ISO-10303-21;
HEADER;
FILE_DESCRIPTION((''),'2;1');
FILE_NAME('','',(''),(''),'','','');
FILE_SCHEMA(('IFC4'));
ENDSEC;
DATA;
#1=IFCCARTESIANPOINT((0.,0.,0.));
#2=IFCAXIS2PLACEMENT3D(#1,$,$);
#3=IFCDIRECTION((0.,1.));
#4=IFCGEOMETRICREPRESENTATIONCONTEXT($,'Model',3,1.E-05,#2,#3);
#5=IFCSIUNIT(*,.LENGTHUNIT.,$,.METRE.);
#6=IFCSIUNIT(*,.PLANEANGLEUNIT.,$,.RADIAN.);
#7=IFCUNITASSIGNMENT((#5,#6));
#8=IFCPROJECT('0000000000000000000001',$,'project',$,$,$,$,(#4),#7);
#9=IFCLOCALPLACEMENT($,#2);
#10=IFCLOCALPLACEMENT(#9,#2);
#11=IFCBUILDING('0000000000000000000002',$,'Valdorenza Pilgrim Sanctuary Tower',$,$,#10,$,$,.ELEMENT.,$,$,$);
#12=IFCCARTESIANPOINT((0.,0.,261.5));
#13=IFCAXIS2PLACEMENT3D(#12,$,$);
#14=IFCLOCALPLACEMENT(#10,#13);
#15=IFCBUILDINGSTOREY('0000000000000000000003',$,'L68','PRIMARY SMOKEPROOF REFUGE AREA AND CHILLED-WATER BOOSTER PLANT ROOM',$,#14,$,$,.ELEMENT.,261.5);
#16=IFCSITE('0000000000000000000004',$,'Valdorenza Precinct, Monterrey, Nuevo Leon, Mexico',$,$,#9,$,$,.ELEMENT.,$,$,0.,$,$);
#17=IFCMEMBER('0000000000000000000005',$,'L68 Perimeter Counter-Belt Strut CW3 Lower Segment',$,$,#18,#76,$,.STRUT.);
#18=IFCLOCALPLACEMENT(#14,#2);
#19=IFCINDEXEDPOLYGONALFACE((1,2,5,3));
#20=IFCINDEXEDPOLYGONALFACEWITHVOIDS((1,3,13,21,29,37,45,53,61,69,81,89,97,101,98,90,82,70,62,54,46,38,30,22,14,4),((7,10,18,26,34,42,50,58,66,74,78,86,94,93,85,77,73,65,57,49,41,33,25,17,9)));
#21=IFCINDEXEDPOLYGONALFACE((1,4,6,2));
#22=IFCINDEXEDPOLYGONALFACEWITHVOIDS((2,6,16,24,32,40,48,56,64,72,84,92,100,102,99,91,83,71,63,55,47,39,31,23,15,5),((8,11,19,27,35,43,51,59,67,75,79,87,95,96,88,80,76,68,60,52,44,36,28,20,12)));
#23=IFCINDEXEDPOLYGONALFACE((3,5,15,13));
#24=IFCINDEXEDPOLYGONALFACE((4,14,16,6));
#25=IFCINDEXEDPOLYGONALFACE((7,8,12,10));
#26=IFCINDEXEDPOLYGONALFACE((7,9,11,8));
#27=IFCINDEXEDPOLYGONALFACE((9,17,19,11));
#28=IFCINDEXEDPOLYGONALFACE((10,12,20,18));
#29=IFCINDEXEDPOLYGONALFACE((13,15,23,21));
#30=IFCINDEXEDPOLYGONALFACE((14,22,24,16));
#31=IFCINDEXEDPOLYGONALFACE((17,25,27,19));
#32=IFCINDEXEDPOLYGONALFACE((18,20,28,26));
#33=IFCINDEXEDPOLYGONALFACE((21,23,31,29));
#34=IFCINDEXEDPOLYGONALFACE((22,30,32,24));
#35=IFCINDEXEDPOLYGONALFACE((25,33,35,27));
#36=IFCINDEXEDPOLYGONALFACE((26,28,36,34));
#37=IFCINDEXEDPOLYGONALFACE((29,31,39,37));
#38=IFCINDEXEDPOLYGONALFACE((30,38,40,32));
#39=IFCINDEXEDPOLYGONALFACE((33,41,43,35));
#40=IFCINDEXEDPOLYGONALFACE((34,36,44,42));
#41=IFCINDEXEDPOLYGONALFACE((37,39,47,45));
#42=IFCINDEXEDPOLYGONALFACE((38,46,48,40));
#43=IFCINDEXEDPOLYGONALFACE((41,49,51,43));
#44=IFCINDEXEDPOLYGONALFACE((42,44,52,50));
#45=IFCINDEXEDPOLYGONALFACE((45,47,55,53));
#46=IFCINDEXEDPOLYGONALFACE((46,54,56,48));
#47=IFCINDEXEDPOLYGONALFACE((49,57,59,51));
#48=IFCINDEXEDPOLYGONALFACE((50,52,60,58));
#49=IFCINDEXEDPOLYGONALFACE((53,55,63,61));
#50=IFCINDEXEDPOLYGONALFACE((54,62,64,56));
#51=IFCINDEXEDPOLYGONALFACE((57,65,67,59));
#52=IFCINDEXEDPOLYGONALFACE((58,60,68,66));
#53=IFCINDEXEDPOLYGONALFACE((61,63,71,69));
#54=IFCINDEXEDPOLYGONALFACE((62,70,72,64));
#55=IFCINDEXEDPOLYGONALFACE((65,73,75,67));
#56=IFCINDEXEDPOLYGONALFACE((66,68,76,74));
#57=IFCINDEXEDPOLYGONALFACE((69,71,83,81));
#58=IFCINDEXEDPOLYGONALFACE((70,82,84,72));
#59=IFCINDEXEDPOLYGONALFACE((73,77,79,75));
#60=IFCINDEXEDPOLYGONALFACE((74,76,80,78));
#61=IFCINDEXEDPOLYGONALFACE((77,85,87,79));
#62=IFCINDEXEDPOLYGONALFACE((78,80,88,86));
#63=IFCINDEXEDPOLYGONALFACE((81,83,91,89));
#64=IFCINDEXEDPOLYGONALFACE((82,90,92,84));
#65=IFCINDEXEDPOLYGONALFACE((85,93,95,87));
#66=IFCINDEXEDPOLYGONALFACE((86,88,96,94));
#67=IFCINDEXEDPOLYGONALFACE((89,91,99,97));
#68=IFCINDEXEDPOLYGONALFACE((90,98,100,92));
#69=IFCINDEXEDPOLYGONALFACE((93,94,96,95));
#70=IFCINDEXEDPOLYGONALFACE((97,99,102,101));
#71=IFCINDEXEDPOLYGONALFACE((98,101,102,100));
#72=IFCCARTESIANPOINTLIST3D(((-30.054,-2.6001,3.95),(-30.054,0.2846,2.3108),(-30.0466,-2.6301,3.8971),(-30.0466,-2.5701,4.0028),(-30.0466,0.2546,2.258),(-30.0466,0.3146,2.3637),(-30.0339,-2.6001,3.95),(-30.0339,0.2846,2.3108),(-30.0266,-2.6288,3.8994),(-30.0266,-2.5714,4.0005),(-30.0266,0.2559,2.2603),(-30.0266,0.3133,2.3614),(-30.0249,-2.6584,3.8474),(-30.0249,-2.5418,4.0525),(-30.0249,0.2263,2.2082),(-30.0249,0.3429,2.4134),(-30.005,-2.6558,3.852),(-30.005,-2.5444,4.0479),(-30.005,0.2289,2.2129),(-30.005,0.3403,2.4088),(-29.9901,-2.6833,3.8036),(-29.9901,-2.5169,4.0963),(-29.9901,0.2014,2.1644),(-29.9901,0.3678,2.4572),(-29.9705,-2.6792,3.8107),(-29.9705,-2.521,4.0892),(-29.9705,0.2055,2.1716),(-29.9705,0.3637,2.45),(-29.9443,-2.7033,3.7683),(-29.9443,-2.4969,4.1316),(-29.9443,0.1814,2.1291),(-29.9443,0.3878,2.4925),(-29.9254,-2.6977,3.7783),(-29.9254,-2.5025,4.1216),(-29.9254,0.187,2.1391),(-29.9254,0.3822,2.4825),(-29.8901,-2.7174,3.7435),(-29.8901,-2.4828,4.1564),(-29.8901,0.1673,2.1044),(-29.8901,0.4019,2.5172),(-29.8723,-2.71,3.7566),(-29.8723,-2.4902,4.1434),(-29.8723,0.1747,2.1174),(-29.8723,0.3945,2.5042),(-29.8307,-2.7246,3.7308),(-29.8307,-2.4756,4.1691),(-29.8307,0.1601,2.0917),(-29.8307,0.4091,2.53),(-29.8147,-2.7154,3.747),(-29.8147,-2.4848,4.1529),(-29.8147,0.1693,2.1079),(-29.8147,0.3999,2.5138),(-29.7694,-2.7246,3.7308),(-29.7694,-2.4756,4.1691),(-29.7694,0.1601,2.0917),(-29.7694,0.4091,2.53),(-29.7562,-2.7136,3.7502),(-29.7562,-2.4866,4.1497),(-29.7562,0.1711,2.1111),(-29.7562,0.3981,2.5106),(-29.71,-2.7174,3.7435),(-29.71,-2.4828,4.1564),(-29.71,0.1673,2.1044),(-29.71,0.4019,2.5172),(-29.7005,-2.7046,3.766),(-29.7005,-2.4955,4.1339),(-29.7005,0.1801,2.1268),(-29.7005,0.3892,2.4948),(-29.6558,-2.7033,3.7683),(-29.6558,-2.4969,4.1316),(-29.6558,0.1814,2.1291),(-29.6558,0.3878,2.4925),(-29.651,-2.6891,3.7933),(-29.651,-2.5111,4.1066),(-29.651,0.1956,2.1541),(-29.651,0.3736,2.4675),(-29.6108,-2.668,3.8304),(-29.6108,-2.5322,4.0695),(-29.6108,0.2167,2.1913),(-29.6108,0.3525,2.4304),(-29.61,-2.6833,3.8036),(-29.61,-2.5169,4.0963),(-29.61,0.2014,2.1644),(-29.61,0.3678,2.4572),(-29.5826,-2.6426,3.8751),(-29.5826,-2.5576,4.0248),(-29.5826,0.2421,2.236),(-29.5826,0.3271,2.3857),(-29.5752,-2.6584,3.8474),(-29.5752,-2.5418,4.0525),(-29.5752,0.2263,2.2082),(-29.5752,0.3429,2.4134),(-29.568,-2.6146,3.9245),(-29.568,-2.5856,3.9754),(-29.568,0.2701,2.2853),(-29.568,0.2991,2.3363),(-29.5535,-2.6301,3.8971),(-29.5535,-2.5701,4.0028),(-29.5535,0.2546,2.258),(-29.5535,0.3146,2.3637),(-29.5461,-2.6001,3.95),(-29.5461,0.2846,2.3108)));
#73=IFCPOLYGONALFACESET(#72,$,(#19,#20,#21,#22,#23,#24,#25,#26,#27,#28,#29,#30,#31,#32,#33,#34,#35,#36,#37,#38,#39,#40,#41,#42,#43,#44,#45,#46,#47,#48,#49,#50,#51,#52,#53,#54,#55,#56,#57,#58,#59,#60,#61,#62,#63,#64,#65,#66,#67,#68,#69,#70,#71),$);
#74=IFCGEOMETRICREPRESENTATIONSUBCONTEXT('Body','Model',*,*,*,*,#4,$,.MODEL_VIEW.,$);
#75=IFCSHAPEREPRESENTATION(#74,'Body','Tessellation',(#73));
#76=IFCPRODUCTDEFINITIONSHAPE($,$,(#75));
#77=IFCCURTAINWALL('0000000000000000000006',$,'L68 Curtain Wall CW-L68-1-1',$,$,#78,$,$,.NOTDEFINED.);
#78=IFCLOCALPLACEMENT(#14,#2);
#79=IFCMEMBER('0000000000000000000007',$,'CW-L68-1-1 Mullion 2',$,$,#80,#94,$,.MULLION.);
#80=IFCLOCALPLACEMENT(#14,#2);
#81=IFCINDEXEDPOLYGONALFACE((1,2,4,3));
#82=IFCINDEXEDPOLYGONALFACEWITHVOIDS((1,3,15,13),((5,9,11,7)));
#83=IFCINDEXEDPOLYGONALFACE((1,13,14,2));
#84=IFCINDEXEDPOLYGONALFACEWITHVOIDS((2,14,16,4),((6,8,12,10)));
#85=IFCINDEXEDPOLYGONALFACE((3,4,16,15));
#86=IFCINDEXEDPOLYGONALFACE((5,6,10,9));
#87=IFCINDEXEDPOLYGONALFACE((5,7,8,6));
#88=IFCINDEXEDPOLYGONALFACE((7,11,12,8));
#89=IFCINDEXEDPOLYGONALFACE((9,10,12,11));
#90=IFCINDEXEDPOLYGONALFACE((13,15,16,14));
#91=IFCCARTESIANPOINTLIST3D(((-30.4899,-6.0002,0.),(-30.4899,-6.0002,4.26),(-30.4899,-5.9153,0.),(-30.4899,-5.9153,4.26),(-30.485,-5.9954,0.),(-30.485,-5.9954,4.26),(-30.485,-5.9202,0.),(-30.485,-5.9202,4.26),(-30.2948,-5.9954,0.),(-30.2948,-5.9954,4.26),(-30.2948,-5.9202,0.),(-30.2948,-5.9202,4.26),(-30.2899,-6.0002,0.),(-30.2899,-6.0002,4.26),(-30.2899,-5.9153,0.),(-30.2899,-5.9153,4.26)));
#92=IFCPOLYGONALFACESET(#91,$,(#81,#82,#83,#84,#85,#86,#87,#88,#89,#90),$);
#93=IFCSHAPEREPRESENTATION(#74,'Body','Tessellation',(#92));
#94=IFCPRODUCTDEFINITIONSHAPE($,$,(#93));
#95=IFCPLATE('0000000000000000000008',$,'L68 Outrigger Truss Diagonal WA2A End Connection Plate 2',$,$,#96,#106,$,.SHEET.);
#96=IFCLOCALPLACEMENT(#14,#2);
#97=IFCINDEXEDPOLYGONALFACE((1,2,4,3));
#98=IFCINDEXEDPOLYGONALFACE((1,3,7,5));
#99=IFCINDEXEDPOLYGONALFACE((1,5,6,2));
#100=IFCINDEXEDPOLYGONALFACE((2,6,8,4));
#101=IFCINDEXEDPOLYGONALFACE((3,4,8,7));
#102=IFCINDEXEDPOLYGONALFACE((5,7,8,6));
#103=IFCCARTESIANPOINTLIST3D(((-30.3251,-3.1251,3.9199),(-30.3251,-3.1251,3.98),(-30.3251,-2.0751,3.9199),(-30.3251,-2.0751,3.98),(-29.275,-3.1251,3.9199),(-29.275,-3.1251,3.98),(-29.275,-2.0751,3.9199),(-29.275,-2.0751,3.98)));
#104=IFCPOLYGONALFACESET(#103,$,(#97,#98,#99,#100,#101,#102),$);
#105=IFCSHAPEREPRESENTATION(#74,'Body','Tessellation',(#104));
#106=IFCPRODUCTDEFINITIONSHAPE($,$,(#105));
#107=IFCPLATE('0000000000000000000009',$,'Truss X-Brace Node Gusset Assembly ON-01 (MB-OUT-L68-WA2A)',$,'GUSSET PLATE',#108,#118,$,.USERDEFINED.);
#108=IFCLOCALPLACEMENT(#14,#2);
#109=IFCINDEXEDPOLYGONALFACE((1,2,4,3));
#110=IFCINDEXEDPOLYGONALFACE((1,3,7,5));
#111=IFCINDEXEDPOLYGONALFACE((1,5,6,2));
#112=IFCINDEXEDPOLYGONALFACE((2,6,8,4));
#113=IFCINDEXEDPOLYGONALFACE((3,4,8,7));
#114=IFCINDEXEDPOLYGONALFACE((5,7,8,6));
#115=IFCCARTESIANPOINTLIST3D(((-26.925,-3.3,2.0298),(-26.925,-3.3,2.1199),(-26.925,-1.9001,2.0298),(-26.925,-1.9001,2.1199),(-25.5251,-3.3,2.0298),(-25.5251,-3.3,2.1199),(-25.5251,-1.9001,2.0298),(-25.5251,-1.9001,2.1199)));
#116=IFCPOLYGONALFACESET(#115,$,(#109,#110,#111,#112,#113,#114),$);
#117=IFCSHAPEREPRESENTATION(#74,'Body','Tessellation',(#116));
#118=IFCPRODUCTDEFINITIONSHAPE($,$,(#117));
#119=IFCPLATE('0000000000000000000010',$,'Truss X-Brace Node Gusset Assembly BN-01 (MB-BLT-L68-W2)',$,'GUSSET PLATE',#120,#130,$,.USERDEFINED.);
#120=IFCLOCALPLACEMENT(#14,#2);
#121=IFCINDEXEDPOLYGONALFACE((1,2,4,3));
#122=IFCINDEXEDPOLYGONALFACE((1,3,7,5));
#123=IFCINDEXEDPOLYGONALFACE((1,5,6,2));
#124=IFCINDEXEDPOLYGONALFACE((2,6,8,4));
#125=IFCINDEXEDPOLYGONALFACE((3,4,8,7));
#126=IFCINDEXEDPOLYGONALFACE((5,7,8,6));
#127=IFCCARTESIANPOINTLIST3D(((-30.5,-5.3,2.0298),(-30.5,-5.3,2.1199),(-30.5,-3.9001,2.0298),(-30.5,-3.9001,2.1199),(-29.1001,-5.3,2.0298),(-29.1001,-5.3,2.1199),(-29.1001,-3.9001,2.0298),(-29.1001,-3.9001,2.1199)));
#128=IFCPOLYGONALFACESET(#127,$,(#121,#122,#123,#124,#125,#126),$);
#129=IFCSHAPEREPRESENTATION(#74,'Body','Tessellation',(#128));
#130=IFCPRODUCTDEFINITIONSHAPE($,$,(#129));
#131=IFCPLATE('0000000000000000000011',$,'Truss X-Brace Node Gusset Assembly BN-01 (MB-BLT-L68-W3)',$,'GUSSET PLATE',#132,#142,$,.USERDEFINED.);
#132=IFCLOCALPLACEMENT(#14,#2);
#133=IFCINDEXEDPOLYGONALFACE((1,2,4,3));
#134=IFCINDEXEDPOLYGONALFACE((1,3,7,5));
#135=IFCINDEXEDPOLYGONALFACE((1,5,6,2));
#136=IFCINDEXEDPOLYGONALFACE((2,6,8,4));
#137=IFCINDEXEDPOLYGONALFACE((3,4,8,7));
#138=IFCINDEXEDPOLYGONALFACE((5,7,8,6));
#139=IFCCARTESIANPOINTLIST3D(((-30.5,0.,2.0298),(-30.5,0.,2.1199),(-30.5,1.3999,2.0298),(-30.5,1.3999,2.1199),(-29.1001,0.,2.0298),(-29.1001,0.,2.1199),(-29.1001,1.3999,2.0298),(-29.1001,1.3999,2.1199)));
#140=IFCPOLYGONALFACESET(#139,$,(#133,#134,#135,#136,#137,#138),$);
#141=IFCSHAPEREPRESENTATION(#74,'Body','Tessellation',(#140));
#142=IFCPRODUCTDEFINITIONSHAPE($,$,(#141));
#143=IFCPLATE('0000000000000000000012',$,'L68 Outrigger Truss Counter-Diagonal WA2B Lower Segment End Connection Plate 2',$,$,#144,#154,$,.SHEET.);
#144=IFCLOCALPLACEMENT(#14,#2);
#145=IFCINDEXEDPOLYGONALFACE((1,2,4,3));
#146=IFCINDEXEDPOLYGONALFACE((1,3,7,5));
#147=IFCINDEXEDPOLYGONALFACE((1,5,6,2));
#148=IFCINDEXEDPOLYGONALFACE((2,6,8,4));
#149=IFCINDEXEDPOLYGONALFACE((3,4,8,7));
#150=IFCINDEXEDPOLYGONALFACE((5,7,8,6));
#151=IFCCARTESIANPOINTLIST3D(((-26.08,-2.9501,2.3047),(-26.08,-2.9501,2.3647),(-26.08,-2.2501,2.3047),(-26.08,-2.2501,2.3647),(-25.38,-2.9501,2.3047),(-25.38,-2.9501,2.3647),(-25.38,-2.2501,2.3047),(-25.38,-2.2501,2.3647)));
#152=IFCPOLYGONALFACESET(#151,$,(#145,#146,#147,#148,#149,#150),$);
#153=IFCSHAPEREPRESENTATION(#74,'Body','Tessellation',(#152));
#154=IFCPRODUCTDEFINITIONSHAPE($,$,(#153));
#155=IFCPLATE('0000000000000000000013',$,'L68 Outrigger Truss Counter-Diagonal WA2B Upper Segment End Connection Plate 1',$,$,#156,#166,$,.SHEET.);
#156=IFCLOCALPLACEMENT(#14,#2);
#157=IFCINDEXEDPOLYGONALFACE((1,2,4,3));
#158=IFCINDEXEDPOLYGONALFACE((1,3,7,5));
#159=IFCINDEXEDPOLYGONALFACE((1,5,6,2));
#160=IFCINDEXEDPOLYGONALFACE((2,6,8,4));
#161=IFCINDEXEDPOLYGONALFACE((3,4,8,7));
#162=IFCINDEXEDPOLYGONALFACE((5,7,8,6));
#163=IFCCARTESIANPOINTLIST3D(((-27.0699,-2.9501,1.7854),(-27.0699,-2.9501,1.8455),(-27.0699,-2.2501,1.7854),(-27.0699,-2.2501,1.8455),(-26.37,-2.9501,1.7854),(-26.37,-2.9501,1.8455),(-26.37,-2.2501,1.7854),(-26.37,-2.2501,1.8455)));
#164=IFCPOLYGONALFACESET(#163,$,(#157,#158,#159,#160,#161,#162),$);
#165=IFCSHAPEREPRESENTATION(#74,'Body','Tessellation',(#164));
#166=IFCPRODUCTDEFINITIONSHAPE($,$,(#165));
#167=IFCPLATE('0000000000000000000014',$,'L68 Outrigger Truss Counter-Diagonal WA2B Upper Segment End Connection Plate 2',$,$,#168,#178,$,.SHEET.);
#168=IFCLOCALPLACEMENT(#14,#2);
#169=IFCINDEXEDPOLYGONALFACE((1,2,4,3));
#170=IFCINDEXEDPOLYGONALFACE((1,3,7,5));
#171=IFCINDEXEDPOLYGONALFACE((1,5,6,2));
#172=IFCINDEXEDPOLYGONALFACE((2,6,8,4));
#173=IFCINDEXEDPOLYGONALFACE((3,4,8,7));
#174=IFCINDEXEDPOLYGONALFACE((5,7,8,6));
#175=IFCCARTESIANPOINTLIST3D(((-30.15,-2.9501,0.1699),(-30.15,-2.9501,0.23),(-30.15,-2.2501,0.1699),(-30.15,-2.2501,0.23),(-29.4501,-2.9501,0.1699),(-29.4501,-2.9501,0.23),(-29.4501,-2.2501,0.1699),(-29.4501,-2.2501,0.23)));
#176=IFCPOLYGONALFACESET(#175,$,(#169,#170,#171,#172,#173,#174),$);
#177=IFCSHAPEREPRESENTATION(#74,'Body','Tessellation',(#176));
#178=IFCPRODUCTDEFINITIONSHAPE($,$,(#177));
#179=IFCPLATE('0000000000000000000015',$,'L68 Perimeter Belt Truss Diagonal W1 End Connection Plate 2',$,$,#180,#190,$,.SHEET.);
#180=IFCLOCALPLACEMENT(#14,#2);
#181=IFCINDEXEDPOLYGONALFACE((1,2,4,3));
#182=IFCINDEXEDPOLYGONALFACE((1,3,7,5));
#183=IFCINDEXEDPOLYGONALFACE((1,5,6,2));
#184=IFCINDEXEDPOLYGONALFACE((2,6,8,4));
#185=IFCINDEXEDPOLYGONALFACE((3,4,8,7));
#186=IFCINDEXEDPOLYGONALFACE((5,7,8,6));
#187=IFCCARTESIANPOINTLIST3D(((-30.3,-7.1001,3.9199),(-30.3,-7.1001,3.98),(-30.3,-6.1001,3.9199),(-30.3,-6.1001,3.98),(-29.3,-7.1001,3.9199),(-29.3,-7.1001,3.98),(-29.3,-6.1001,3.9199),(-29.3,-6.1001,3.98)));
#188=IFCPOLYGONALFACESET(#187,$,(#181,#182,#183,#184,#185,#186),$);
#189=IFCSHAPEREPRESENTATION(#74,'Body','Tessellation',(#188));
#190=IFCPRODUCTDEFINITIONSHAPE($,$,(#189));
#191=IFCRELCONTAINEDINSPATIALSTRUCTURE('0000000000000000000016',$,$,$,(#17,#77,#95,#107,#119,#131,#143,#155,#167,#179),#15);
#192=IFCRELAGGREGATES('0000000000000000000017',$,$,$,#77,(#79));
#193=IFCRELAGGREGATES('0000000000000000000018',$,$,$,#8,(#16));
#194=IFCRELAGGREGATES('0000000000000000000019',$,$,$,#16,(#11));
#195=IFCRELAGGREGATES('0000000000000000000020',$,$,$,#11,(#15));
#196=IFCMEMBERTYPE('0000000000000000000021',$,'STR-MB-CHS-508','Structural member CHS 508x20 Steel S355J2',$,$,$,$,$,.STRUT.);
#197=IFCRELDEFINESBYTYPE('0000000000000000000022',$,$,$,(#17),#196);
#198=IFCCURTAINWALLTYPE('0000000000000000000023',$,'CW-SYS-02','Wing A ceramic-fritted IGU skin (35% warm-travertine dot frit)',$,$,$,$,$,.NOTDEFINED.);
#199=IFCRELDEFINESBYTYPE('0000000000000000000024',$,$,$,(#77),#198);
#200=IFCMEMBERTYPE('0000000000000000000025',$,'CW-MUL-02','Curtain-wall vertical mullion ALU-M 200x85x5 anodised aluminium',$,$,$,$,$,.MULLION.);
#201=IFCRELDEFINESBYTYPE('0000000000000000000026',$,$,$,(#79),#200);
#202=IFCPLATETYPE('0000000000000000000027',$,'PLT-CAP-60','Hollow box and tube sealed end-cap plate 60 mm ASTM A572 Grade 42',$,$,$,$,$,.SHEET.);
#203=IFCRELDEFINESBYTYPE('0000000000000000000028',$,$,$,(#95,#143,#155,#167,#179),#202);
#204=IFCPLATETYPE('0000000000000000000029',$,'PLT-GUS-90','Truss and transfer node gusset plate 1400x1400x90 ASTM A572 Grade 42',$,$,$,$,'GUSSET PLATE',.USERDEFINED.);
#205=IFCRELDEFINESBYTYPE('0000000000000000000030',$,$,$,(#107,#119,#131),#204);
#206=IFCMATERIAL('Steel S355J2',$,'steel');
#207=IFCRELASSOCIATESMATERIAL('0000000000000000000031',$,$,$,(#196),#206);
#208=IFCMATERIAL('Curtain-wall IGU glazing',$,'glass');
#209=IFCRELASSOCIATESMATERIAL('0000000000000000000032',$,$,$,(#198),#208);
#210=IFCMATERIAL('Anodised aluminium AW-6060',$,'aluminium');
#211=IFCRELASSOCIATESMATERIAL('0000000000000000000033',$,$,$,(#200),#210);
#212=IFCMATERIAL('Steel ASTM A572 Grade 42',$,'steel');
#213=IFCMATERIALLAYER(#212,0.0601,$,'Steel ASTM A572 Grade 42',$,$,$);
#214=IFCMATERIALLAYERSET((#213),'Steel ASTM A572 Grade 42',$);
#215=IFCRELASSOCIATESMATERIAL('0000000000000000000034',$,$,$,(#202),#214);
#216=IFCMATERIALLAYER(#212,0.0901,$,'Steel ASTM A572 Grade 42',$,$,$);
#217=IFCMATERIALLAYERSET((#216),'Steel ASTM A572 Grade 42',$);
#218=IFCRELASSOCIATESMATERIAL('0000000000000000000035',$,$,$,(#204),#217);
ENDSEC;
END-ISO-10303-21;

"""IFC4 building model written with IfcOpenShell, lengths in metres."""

from ifc_helpers import new_model, si_unit, direction, frame, origin, origin_2d, place, context, subcontext, project, spatial, rectangle, hollow_rectangle, hollow_circle, extrude, source, transform, mapped, material, layer, layer_set, material_profile, profile_set, type_object, element, aggregate, save


model = new_model("IFC4")

# Units and contexts
model_context = context("Model", 3, precision=1e-05, world=origin(), true_north=direction((0.0, 1.0)))
body_context = subcontext(model_context, "Body", "Model", "MODEL_VIEW")
ifc_project = project(units=[si_unit("LENGTHUNIT", "METRE"), si_unit("PLANEANGLEUNIT", "RADIAN")], contexts=[model_context])

# Site, building, storey
site_placement = place(None, origin())
site = spatial("IfcSite", under=ifc_project, at=site_placement, Name="Valdorenza Precinct, Monterrey, Nuevo Leon, Mexico", CompositionType="ELEMENT", RefElevation=0.0)
building_placement = place(site_placement, origin())
building = spatial("IfcBuilding", under=site, at=building_placement, Name="Valdorenza Pilgrim Sanctuary Tower", CompositionType="ELEMENT")
storey_placement = place(building_placement, frame((0.0, 0.0, 261.5)))
storey = spatial("IfcBuildingStorey", under=building, at=storey_placement, Name="L68", Description="PRIMARY SMOKEPROOF REFUGE AREA AND CHILLED-WATER BOOSTER PLANT ROOM", CompositionType="ELEMENT", Elevation=261.5)

# Member
ifc_material_1 = material(Name="Steel ASTM A572 Grade 42", Category="steel")
ifc_material_2 = material(Name="Steel S355J2", Category="steel")
ifc_material_profile_1 = material_profile(ifc_material_2, hollow_circle(Radius=0.2539, WallThickness=0.02, at=origin_2d()), Name="CHS 508x20")
ifc_profile_set_1 = profile_set([ifc_material_profile_1], Name="Steel S355J2")
member_type_1 = type_object("IfcMemberType", Name="STR-MB-CHS-508", Description="Structural member CHS 508x20 Steel S355J2", PredefinedType="STRUT", material=ifc_profile_set_1)
shared_shape_1 = source(origin(), body_context, "Body", "SweptSolid", [
    extrude(hollow_circle(Radius=0.2539, WallThickness=0.02, at=origin_2d()), origin(), (0.0, 0.0, 1.0), 3.3179),
])
member_1_placement = place(storey_placement, frame((-29.8, -2.6001, 3.95), z_axis=(0.0, 0.869445, -0.49403), x_axis=(-1.0, 0.0, 0.0)))
element("IfcMember", 1, at=member_1_placement, inside=storey, type_object=member_type_1, Name="L68 Perimeter Counter-Belt Strut CW3 Lower Segment", PredefinedType="STRUT", context=body_context, shape_type="MappedRepresentation", body=[
    mapped(shared_shape_1, transform((0.0, 0.0, 0.0), x_axis=(1.0, 0.0, 0.0), y_axis=(0.0, 1.0, 0.0), z_axis=(0.0, 0.0, 1.0), scale=1.0)),
])

# Curtain wall, member
ifc_material_3 = material(Name="Curtain-wall IGU glazing", Category="glass")
curtain_wall_type = type_object("IfcCurtainWallType", Name="CW-SYS-02", Description="Wing A ceramic-fritted IGU skin (35% warm-travertine dot frit)", PredefinedType="NOTDEFINED", material=ifc_material_3)
curtain_wall_placement = place(storey_placement, origin())
curtain_wall = element("IfcCurtainWall", 2, at=curtain_wall_placement, inside=storey, type_object=curtain_wall_type, Name="L68 Curtain Wall CW-L68-1-1", PredefinedType="NOTDEFINED")
ifc_material_4 = material(Name="Anodised aluminium AW-6060", Category="aluminium")
ifc_material_profile_2 = material_profile(ifc_material_4, hollow_rectangle(XDim=0.085, YDim=0.2, WallThickness=0.0049, at=origin_2d()), Name="ALU-M 200x85x5")
ifc_profile_set_2 = profile_set([ifc_material_profile_2], Name="Anodised aluminium AW-6060")
member_type_2 = type_object("IfcMemberType", Name="CW-MUL-02", Description="Curtain-wall vertical mullion ALU-M 200x85x5 anodised aluminium", PredefinedType="MULLION", material=ifc_profile_set_2)
shared_shape_2 = source(origin(), body_context, "Body", "SweptSolid", [
    extrude(hollow_rectangle(XDim=0.085, YDim=0.2, WallThickness=0.0049, at=origin_2d()), origin(), (0.0, 0.0, 1.0), 4.26),
])
member_2_placement = place(storey_placement, frame((-30.3899, -5.9578, 0.0), z_axis=(0.0, 0.0, 1.0), x_axis=(0.0, 1.0, 0.0)))
member_2 = element("IfcMember", 3, at=member_2_placement, type_object=member_type_2, Name="CW-L68-1-1 Mullion 2", PredefinedType="MULLION", context=body_context, shape_type="MappedRepresentation", body=[
    mapped(shared_shape_2, transform((0.0, 0.0, 0.0), x_axis=(1.0, 0.0, 0.0), y_axis=(0.0, 1.0, 0.0), z_axis=(0.0, 0.0, 1.0), scale=1.0)),
])

# Plates
ifc_layer_1 = layer(ifc_material_1, 0.0601, Name="Steel ASTM A572 Grade 42")
ifc_layer_set_1 = layer_set([ifc_layer_1], Name="Steel ASTM A572 Grade 42")
plate_type_1 = type_object("IfcPlateType", Name="PLT-CAP-60", Description="Hollow box and tube sealed end-cap plate 60 mm ASTM A572 Grade 42", PredefinedType="SHEET", material=ifc_layer_set_1)
shared_shape_3 = source(origin(), body_context, "Body", "SweptSolid", [
    extrude(rectangle(XDim=1.05, YDim=1.05, at=origin_2d()), origin(), (0.0, 0.0, 1.0), 0.0601),
])
plate_1_placement = place(storey_placement, frame((-29.8, -2.6001, 3.9199), z_axis=(0.0, 0.0, 1.0), x_axis=(1.0, 0.0, 0.0)))
element("IfcPlate", 4, at=plate_1_placement, inside=storey, type_object=plate_type_1, Name="L68 Outrigger Truss Diagonal WA2A End Connection Plate 2", PredefinedType="SHEET", context=body_context, shape_type="MappedRepresentation", body=[
    mapped(shared_shape_3, transform((0.0, 0.0, 0.0), x_axis=(1.0, 0.0, 0.0), y_axis=(0.0, 1.0, 0.0), z_axis=(0.0, 0.0, 1.0), scale=1.0)),
])
ifc_layer_2 = layer(ifc_material_1, 0.0901, Name="Steel ASTM A572 Grade 42")
ifc_layer_set_2 = layer_set([ifc_layer_2], Name="Steel ASTM A572 Grade 42")
plate_type_2 = type_object("IfcPlateType", Name="PLT-GUS-90", Description="Truss and transfer node gusset plate 1400x1400x90 ASTM A572 Grade 42", ElementType="GUSSET PLATE", PredefinedType="USERDEFINED", material=ifc_layer_set_2)
shared_shape_4 = source(origin(), body_context, "Body", "SweptSolid", [
    extrude(rectangle(XDim=1.3999, YDim=1.3999, at=origin_2d()), origin(), (0.0, 0.0, 1.0), 0.0901),
])
for number, where, z_axis, x_axis, name in (
    (5, (-26.2251, -2.6001, 2.0298), (0.0, 0.0, 1.0), (1.0, 0.0, 0.0), "Truss X-Brace Node Gusset Assembly ON-01 (MB-OUT-L68-WA2A)"),
    (6, (-29.8, -4.6001, 2.0298), (0.0, 0.0, 1.0), (1.0, 0.0, 0.0), "Truss X-Brace Node Gusset Assembly BN-01 (MB-BLT-L68-W2)"),
    (7, (-29.8, 0.7, 2.0298), (0.0, 0.0, 1.0), (1.0, 0.0, 0.0), "Truss X-Brace Node Gusset Assembly BN-01 (MB-BLT-L68-W3)"),
):
    element("IfcPlate", number, at=place(storey_placement, frame(where, z_axis=z_axis, x_axis=x_axis)), inside=storey, type_object=plate_type_2, Name=name, ObjectType="GUSSET PLATE", PredefinedType="USERDEFINED", context=body_context, shape_type="MappedRepresentation", body=[
        mapped(shared_shape_4, transform((0.0, 0.0, 0.0), x_axis=(1.0, 0.0, 0.0), y_axis=(0.0, 1.0, 0.0), z_axis=(0.0, 0.0, 1.0), scale=1.0)),
    ])
shared_shape_5 = source(origin(), body_context, "Body", "SweptSolid", [
    extrude(rectangle(XDim=0.7, YDim=0.7, at=origin_2d()), origin(), (0.0, 0.0, 1.0), 0.0601),
])
for number, where, z_axis, x_axis, name in (
    (8, (-25.73, -2.6001, 2.3047), (0.0, 0.0, 1.0), (1.0, 0.0, 0.0), "L68 Outrigger Truss Counter-Diagonal WA2B Lower Segment End Connection Plate 2"),
    (9, (-26.72, -2.6001, 1.7854), (0.0, 0.0, 1.0), (1.0, 0.0, 0.0), "L68 Outrigger Truss Counter-Diagonal WA2B Upper Segment End Connection Plate 1"),
    (10, (-29.8, -2.6001, 0.1699), (0.0, 0.0, 1.0), (1.0, 0.0, 0.0), "L68 Outrigger Truss Counter-Diagonal WA2B Upper Segment End Connection Plate 2"),
):
    element("IfcPlate", number, at=place(storey_placement, frame(where, z_axis=z_axis, x_axis=x_axis)), inside=storey, type_object=plate_type_1, Name=name, PredefinedType="SHEET", context=body_context, shape_type="MappedRepresentation", body=[
        mapped(shared_shape_5, transform((0.0, 0.0, 0.0), x_axis=(1.0, 0.0, 0.0), y_axis=(0.0, 1.0, 0.0), z_axis=(0.0, 0.0, 1.0), scale=1.0)),
    ])
shared_shape_6 = source(origin(), body_context, "Body", "SweptSolid", [
    extrude(rectangle(XDim=1.0, YDim=1.0, at=origin_2d()), origin(), (0.0, 0.0, 1.0), 0.0601),
])
plate_2_placement = place(storey_placement, frame((-29.8, -6.6001, 3.9199), z_axis=(0.0, 0.0, 1.0), x_axis=(1.0, 0.0, 0.0)))
element("IfcPlate", 11, at=plate_2_placement, inside=storey, type_object=plate_type_1, Name="L68 Perimeter Belt Truss Diagonal W1 End Connection Plate 2", PredefinedType="SHEET", context=body_context, shape_type="MappedRepresentation", body=[
    mapped(shared_shape_6, transform((0.0, 0.0, 0.0), x_axis=(1.0, 0.0, 0.0), y_axis=(0.0, 1.0, 0.0), z_axis=(0.0, 0.0, 1.0), scale=1.0)),
])

aggregate(curtain_wall, [member_2])

save(model, "model.ifc")
